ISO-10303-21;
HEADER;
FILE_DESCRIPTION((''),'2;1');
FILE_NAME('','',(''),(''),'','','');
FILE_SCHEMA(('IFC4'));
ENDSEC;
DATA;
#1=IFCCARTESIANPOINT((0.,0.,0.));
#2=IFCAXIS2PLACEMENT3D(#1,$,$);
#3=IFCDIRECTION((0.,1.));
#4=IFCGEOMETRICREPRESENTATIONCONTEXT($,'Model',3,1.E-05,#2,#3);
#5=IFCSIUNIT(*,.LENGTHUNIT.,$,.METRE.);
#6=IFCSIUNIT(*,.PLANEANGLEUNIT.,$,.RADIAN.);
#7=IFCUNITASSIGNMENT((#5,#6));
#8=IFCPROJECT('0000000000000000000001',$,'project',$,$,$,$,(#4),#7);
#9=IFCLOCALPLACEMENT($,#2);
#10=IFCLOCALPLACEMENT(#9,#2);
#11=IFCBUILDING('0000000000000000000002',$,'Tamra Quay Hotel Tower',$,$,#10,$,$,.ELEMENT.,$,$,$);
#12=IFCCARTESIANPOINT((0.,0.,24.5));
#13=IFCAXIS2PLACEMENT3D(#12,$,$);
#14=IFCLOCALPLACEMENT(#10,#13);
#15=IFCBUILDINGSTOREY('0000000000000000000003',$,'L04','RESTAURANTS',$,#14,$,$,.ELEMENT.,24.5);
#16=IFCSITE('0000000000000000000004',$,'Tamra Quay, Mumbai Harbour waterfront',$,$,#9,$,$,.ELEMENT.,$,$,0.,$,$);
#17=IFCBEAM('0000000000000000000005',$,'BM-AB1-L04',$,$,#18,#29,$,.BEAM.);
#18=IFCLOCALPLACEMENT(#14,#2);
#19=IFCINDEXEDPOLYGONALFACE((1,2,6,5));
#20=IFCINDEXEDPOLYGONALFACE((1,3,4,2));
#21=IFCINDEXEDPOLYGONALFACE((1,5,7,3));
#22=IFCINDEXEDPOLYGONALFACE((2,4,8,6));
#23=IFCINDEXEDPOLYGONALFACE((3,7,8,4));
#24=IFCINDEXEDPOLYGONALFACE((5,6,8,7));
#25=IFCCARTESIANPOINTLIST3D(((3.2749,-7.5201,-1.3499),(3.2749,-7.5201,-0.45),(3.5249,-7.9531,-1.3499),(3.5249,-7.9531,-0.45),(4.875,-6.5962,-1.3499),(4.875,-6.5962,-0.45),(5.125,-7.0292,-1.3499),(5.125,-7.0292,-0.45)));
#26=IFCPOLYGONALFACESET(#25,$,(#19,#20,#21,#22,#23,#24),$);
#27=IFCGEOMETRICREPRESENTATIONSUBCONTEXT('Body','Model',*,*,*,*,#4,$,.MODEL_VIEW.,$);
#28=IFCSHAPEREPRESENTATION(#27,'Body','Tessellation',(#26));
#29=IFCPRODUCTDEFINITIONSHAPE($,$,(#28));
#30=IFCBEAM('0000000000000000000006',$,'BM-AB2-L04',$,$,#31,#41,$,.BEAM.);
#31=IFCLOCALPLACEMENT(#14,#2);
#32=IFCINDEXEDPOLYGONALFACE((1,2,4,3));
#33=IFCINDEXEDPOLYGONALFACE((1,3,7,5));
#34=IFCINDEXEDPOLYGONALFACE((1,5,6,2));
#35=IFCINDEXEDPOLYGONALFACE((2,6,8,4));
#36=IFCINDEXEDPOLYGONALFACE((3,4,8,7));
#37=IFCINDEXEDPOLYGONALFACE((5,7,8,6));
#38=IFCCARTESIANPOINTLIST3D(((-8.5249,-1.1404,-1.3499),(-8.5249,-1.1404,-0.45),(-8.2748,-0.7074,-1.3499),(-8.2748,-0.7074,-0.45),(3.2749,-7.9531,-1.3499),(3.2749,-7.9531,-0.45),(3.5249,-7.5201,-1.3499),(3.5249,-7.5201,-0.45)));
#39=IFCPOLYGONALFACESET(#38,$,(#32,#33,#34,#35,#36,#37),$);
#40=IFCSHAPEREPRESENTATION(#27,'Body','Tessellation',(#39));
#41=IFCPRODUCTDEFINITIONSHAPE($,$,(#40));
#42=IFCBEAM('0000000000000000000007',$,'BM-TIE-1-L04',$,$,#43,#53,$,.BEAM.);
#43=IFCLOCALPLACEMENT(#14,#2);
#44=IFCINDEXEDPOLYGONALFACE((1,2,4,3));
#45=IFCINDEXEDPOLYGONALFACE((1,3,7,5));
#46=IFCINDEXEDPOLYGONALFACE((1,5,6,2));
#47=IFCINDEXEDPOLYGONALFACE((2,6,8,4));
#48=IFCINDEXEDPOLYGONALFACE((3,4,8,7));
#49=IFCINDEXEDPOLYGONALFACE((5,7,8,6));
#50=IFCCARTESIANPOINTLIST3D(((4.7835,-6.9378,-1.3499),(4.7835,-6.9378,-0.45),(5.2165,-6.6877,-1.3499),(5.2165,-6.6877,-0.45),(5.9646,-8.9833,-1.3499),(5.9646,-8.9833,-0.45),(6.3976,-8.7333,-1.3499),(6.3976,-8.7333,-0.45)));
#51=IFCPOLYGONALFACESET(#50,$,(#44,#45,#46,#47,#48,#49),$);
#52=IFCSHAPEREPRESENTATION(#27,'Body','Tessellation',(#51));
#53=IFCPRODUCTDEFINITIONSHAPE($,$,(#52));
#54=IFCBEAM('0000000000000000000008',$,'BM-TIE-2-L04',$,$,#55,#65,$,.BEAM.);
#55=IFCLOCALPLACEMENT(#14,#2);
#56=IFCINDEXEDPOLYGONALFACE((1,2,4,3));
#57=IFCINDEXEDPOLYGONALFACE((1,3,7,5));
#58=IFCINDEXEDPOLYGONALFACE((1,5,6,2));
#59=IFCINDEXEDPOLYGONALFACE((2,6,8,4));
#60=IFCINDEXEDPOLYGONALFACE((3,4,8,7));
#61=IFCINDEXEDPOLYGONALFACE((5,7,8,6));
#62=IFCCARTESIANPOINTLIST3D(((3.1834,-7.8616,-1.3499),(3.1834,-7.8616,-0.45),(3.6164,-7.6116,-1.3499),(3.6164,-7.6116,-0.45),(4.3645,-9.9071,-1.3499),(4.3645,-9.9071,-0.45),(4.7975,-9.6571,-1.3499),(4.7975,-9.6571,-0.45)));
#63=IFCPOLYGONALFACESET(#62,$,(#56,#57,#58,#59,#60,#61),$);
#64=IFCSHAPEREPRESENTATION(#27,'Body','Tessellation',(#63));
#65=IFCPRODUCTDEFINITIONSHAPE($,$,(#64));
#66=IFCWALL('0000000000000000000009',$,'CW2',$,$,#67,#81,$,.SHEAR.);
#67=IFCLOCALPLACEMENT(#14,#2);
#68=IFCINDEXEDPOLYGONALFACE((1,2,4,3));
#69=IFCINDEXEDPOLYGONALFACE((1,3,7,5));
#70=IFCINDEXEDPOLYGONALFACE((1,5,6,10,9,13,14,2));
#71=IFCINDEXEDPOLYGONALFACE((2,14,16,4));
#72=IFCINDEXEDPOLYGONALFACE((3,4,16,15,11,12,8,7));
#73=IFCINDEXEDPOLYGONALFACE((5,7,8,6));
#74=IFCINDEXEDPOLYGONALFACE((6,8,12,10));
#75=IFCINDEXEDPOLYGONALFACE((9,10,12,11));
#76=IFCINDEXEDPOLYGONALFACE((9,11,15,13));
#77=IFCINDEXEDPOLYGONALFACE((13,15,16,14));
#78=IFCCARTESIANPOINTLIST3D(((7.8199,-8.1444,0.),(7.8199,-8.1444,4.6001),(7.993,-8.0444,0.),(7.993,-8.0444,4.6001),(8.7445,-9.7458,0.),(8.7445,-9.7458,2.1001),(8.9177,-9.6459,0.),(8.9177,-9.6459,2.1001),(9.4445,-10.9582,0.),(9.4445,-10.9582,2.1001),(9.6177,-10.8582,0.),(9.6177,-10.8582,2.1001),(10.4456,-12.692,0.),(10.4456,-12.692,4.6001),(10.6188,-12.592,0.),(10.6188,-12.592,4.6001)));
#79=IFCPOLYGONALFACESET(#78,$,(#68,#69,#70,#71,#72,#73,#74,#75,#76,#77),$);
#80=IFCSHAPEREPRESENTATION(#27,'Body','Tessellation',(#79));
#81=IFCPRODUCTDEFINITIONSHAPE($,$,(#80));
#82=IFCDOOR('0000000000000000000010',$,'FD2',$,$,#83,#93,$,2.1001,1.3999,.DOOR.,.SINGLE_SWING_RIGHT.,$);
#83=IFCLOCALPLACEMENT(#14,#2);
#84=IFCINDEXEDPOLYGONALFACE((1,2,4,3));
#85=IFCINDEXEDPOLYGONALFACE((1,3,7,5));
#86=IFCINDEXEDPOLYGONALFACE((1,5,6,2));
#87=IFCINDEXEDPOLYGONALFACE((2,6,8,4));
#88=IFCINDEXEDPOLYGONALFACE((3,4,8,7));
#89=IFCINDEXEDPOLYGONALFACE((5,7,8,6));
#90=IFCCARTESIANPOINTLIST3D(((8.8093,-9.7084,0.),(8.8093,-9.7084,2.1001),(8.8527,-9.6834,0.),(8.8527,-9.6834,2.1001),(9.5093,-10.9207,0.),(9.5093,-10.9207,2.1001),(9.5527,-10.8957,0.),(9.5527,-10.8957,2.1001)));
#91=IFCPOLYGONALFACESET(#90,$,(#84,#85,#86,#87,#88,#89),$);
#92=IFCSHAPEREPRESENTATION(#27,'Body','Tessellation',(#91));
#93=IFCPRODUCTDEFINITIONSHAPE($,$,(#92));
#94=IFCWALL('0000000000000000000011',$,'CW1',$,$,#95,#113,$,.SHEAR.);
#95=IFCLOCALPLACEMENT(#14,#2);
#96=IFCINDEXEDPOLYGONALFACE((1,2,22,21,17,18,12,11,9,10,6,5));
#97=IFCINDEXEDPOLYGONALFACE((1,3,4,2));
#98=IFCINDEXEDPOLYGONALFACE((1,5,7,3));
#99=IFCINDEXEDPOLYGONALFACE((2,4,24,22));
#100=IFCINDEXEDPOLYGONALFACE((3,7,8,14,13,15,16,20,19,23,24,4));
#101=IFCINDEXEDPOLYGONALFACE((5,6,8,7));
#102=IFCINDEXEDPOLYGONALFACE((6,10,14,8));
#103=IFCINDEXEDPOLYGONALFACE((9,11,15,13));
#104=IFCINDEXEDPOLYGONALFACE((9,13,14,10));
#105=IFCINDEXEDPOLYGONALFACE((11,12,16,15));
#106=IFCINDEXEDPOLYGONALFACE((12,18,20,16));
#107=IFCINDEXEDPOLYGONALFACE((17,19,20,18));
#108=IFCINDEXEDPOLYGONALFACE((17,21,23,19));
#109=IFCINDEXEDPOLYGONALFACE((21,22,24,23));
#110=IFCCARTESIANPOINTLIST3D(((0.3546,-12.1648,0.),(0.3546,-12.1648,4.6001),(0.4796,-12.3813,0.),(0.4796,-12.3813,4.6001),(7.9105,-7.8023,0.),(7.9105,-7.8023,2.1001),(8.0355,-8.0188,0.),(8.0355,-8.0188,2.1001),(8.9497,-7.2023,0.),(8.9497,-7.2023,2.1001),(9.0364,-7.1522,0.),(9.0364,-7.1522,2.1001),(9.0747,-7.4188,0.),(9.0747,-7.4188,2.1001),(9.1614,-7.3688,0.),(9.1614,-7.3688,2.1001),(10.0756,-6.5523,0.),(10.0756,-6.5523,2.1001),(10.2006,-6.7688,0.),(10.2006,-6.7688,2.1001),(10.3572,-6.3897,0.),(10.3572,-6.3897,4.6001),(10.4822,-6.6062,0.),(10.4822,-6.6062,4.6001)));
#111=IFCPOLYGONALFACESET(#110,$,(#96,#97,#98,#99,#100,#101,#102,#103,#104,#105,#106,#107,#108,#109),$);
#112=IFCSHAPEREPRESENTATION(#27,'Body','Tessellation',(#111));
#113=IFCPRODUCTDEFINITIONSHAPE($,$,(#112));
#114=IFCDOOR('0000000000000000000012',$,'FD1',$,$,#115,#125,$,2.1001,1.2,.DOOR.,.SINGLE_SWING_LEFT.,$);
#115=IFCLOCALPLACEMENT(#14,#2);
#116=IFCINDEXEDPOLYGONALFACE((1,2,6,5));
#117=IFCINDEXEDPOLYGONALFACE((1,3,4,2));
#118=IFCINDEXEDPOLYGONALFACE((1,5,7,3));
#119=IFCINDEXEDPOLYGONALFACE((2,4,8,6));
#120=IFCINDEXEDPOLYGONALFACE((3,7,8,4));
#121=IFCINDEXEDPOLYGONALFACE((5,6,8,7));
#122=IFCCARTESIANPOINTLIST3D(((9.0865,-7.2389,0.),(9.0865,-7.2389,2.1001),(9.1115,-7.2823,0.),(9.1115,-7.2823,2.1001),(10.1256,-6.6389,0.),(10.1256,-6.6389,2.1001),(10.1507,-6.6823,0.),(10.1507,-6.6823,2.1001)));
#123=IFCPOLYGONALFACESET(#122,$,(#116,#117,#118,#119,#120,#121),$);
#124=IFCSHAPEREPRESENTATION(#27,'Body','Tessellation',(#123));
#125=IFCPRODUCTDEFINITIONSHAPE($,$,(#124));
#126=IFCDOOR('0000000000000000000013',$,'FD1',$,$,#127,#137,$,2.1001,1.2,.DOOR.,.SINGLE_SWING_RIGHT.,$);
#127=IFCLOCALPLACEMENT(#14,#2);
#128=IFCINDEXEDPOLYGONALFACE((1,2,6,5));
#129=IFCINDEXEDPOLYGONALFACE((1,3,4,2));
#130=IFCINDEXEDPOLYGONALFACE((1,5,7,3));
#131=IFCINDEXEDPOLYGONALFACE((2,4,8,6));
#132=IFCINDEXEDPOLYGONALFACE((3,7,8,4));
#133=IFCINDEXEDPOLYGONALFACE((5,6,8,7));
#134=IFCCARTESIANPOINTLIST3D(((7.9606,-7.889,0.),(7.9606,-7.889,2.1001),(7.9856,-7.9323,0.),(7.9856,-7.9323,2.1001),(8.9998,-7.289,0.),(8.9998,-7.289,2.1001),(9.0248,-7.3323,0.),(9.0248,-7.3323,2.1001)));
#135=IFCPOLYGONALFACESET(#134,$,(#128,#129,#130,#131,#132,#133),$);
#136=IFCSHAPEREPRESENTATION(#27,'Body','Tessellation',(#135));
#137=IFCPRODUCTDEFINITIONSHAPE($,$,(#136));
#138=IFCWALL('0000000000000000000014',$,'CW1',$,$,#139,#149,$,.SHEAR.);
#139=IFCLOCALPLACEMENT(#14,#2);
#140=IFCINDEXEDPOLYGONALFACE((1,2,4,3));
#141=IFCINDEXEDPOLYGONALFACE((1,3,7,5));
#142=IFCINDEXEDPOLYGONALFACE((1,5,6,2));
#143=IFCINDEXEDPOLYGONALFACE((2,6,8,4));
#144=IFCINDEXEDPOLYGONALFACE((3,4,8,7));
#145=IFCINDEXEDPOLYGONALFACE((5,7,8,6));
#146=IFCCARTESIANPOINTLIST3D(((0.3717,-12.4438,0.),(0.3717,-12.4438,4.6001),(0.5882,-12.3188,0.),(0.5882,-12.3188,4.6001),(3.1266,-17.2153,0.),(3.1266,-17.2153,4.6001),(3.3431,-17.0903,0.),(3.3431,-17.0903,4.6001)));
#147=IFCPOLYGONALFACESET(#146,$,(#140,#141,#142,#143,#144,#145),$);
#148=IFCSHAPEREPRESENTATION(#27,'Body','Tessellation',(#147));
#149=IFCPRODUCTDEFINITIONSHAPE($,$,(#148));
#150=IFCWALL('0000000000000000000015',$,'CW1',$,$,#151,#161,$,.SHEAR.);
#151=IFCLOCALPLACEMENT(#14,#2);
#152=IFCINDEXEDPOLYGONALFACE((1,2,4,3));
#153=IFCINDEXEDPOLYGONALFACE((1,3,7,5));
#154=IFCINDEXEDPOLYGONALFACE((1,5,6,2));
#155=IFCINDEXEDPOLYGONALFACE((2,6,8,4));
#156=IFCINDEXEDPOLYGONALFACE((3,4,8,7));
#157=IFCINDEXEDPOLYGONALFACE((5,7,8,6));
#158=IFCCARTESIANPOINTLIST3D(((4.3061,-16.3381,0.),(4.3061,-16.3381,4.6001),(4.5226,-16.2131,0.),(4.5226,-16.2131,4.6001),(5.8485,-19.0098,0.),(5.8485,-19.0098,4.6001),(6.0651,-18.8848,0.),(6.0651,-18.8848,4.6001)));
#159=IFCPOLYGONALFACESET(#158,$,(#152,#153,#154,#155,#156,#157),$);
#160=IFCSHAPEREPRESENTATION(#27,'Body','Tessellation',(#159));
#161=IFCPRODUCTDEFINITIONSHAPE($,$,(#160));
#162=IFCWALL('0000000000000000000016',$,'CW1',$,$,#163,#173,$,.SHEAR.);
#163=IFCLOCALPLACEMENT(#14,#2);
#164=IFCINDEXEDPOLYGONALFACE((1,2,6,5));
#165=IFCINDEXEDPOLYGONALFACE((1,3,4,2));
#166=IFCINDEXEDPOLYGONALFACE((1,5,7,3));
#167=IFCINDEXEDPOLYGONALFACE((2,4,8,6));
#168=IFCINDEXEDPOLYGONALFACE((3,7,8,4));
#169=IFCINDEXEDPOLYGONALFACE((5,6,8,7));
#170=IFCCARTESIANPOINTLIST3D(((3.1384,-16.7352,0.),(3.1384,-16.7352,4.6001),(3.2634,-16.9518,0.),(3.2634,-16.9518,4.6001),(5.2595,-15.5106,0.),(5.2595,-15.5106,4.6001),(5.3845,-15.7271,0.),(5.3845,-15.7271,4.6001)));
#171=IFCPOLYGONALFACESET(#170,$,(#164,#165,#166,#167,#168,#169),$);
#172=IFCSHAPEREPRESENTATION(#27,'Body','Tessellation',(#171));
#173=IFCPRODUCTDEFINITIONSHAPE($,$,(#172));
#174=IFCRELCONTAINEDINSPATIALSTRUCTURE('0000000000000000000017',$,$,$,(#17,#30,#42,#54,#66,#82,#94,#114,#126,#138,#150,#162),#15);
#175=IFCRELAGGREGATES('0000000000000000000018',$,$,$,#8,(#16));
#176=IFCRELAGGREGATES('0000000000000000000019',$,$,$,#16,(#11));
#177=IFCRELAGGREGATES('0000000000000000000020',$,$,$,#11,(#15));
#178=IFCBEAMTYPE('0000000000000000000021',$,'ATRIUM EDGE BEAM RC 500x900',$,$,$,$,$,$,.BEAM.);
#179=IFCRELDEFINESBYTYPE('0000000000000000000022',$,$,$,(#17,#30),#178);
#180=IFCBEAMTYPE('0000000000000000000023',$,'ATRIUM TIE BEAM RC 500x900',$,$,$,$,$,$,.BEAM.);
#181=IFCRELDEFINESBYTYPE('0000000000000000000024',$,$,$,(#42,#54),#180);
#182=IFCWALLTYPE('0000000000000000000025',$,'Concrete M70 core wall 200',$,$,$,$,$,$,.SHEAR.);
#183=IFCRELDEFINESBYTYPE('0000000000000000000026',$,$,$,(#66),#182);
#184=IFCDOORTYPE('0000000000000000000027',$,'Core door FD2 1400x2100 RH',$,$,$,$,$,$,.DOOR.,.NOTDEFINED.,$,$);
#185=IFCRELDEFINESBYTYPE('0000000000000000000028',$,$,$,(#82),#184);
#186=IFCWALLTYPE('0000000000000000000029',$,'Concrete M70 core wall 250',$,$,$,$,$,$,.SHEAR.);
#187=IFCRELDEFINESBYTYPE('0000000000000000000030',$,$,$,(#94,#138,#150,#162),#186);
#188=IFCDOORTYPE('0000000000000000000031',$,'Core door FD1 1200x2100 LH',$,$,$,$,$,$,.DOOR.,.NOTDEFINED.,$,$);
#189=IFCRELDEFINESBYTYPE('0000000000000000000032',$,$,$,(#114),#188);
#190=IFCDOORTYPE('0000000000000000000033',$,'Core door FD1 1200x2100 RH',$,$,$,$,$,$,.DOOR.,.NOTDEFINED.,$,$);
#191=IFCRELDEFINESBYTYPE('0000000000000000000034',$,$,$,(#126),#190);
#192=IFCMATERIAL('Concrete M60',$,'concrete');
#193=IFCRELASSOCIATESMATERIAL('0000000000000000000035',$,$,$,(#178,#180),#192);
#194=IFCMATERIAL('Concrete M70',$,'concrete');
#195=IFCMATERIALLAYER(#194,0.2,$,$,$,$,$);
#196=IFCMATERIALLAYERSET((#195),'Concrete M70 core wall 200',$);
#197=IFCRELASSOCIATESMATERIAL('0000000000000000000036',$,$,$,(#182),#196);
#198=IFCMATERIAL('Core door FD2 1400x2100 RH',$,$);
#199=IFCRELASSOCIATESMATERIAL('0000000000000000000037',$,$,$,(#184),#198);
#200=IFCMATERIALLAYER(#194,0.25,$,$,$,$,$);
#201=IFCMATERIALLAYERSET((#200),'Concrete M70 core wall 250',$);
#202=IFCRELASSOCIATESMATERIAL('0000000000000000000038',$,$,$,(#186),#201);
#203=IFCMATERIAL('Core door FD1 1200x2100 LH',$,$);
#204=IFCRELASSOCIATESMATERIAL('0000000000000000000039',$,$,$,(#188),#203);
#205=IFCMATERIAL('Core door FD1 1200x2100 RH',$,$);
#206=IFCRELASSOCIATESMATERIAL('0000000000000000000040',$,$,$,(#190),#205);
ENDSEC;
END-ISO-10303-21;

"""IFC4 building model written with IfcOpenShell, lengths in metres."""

from ifc_helpers import new_model, si_unit, direction, frame, frame_2d, origin, origin_2d, place, context, subcontext, project, spatial, rectangle, extrude, material, layer, layer_set, material_profile, profile_set, type_object, element, fill, save


model = new_model("IFC4")

# Units and contexts
model_context = context("Model", 3, precision=1e-05, world=origin(), true_north=direction((0.0, 1.0)))
body_context = subcontext(model_context, "Body", "Model", "MODEL_VIEW")
ifc_project = project(units=[si_unit("LENGTHUNIT", "METRE"), si_unit("PLANEANGLEUNIT", "RADIAN")], contexts=[model_context])

# Site, building, storey
site_placement = place(None, origin())
site = spatial("IfcSite", under=ifc_project, at=site_placement, Name="Tamra Quay, Mumbai Harbour waterfront", CompositionType="ELEMENT", RefElevation=0.0)
building_placement = place(site_placement, origin())
building = spatial("IfcBuilding", under=site, at=building_placement, Name="Tamra Quay Hotel Tower", CompositionType="ELEMENT")
storey_placement = place(building_placement, frame((0.0, 0.0, 24.5)))
storey = spatial("IfcBuildingStorey", under=building, at=storey_placement, Name="L04", Description="RESTAURANTS", CompositionType="ELEMENT", Elevation=24.5)

# Beams
ifc_material_1 = material(Name="Concrete M60", Category="concrete")
ifc_material_profile_1 = material_profile(ifc_material_1, rectangle(XDim=0.5, YDim=0.8999, at=origin_2d()), Name="ATRIUM EDGE BEAM RC 500x900")
ifc_profile_set_1 = profile_set([ifc_material_profile_1], Name="Concrete M60")
beam_type_1 = type_object("IfcBeamType", Name="ATRIUM EDGE BEAM RC 500x900", PredefinedType="BEAM", material=ifc_profile_set_1)
beam_1_placement = place(storey_placement, frame((5.0, -6.8127, -0.8999), z_axis=(-0.866023, -0.500005, 0.0), x_axis=(0.500005, -0.866023, 0.0)))
element("IfcBeam", 1, at=beam_1_placement, inside=storey, type_object=beam_type_1, Name="BM-AB1-L04", PredefinedType="BEAM", context=body_context, shape_type="SweptSolid", body=[
    extrude(rectangle(XDim=0.5, YDim=0.8999, at=origin_2d()), origin(), (0.0, 0.0, 1.0), 1.8477),
])
beam_2_placement = place(storey_placement, frame((3.3999, -7.7366, -0.8999), z_axis=(-0.866021, 0.500007, 0.0), x_axis=(-0.500007, -0.866021, 0.0)))
element("IfcBeam", 2, at=beam_2_placement, inside=storey, type_object=beam_type_1, Name="BM-AB2-L04", PredefinedType="BEAM", context=body_context, shape_type="SweptSolid", body=[
    extrude(rectangle(XDim=0.5, YDim=0.8999, at=origin_2d()), origin(), (0.0, 0.0, 1.0), 13.6252),
])
ifc_material_profile_2 = material_profile(ifc_material_1, rectangle(XDim=0.5, YDim=0.8999, at=origin_2d()), Name="ATRIUM TIE BEAM RC 500x900")
ifc_profile_set_2 = profile_set([ifc_material_profile_2], Name="Concrete M60")
beam_type_2 = type_object("IfcBeamType", Name="ATRIUM TIE BEAM RC 500x900", PredefinedType="BEAM", material=ifc_profile_set_2)
for number, where, z_axis, x_axis, name in (
    (3, (5.0, -6.8127, -0.8999), (0.50003, -0.866008, 0.0), (0.866008, 0.50003, 0.0), "BM-TIE-1-L04"),
    (4, (3.3999, -7.7366, -0.8999), (0.50003, -0.866008, 0.0), (0.866008, 0.50003, 0.0), "BM-TIE-2-L04"),
):
    element("IfcBeam", number, at=place(storey_placement, frame(where, z_axis=z_axis, x_axis=x_axis)), inside=storey, type_object=beam_type_2, Name=name, PredefinedType="BEAM", context=body_context, shape_type="SweptSolid", body=[
        extrude(rectangle(XDim=0.5, YDim=0.8999, at=origin_2d()), origin(), (0.0, 0.0, 1.0), 2.3621),
    ])

# Wall, opening, door
ifc_material_2 = material(Name="Concrete M70", Category="concrete")
ifc_layer_1 = layer(ifc_material_2, 0.2)
ifc_layer_set_1 = layer_set([ifc_layer_1], Name="Concrete M70 core wall 200")
wall_type_1 = type_object("IfcWallType", Name="Concrete M70 core wall 200", PredefinedType="SHEAR", material=ifc_layer_set_1)
wall_1_placement = place(storey_placement, frame((7.9065, -8.0945, 0.0), z_axis=(0.0, 0.0, 1.0), x_axis=(0.500024, -0.866011, 0.0)))
wall_1 = element("IfcWall", 5, at=wall_1_placement, inside=storey, type_object=wall_type_1, Name="CW2", PredefinedType="SHEAR", context=body_context, shape_type="SweptSolid", body=[
    extrude(rectangle(XDim=5.2512, YDim=0.2, at=frame_2d((2.6255, 0.0))), origin(), (0.0, 0.0, 1.0), 4.6001),
])
opening_1_placement = place(wall_1_placement, frame((1.8491, 0.0, 0.0)))
opening_1 = element("IfcOpeningElement", 6, at=opening_1_placement, cuts=wall_1, PredefinedType="OPENING", context=body_context, shape_type="SweptSolid", body=[
    extrude(rectangle(XDim=1.3999, YDim=2.1001, at=frame_2d((0.7, 1.05))), frame((0.0, 0.1099, 0.0), z_axis=(0.0, -1.0, 0.0), x_axis=(1.0, 0.0, 0.0)), (0.0, 0.0, 1.0), 0.22),
])
ifc_material_3 = material(Name="Core door FD2 1400x2100 RH")
door_type_1 = type_object("IfcDoorType", Name="Core door FD2 1400x2100 RH", OperationType="NOTDEFINED", PredefinedType="DOOR", material=ifc_material_3)
door_1_placement = place(opening_1_placement, origin())
door_1 = element("IfcDoor", 7, at=door_1_placement, inside=storey, type_object=door_type_1, Name="FD2", OperationType="SINGLE_SWING_RIGHT", OverallHeight=2.1001, OverallWidth=1.3999, PredefinedType="DOOR", context=body_context, shape_type="SweptSolid", body=[
    extrude(rectangle(XDim=1.3999, YDim=2.1001, at=frame_2d((0.7, 1.05))), frame((0.0, 0.0249, 0.0), z_axis=(0.0, -1.0, 0.0), x_axis=(1.0, 0.0, 0.0)), (0.0, 0.0, 1.0), 0.05),
])
fill(opening_1, door_1)

# Wall, openings, doors
ifc_layer_2 = layer(ifc_material_2, 0.25)
ifc_layer_set_2 = layer_set([ifc_layer_2], Name="Concrete M70 core wall 250")
wall_type_2 = type_object("IfcWallType", Name="Concrete M70 core wall 250", PredefinedType="SHEAR", material=ifc_layer_set_2)
wall_2_placement = place(storey_placement, frame((0.4172, -12.2729, 0.0), z_axis=(0.0, 0.0, 1.0), x_axis=(0.866022, 0.500006, 0.0)))
wall_2 = element("IfcWall", 8, at=wall_2_placement, inside=storey, type_object=wall_type_2, Name="CW1", PredefinedType="SHEAR", context=body_context, shape_type="SweptSolid", body=[
    extrude(rectangle(XDim=11.55, YDim=0.25, at=frame_2d((5.7749, 0.0))), origin(), (0.0, 0.0, 1.0), 4.6001),
])
opening_2_placement = place(wall_2_placement, frame((10.0247, 0.0, 0.0)))
opening_2 = element("IfcOpeningElement", 9, at=opening_2_placement, cuts=wall_2, PredefinedType="OPENING", context=body_context, shape_type="SweptSolid", body=[
    extrude(rectangle(XDim=1.2, YDim=2.1001, at=frame_2d((0.6001, 1.05))), frame((0.0, 0.135, 0.0), z_axis=(0.0, -1.0, 0.0), x_axis=(1.0, 0.0, 0.0)), (0.0, 0.0, 1.0), 0.27),
])
opening_3_placement = place(wall_2_placement, frame((8.7246, 0.0, 0.0)))
opening_3 = element("IfcOpeningElement", 10, at=opening_3_placement, cuts=wall_2, PredefinedType="OPENING", context=body_context, shape_type="SweptSolid", body=[
    extrude(rectangle(XDim=1.2, YDim=2.1001, at=frame_2d((0.6001, 1.05))), frame((0.0, 0.135, 0.0), z_axis=(0.0, -1.0, 0.0), x_axis=(1.0, 0.0, 0.0)), (0.0, 0.0, 1.0), 0.27),
])
ifc_material_4 = material(Name="Core door FD1 1200x2100 LH")
door_type_2 = type_object("IfcDoorType", Name="Core door FD1 1200x2100 LH", OperationType="NOTDEFINED", PredefinedType="DOOR", material=ifc_material_4)
door_2_placement = place(opening_2_placement, origin())
door_2 = element("IfcDoor", 11, at=door_2_placement, inside=storey, type_object=door_type_2, Name="FD1", OperationType="SINGLE_SWING_LEFT", OverallHeight=2.1001, OverallWidth=1.2, PredefinedType="DOOR", context=body_context, shape_type="SweptSolid", body=[
    extrude(rectangle(XDim=1.2, YDim=2.1001, at=frame_2d((0.6001, 1.05))), frame((0.0, 0.0249, 0.0), z_axis=(0.0, -1.0, 0.0), x_axis=(1.0, 0.0, 0.0)), (0.0, 0.0, 1.0), 0.05),
])
fill(opening_2, door_2)
ifc_material_5 = material(Name="Core door FD1 1200x2100 RH")
door_type_3 = type_object("IfcDoorType", Name="Core door FD1 1200x2100 RH", OperationType="NOTDEFINED", PredefinedType="DOOR", material=ifc_material_5)
door_3_placement = place(opening_3_placement, origin())
door_3 = element("IfcDoor", 12, at=door_3_placement, inside=storey, type_object=door_type_3, Name="FD1", OperationType="SINGLE_SWING_RIGHT", OverallHeight=2.1001, OverallWidth=1.2, PredefinedType="DOOR", context=body_context, shape_type="SweptSolid", body=[
    extrude(rectangle(XDim=1.2, YDim=2.1001, at=frame_2d((0.6001, 1.05))), frame((0.0, 0.0249, 0.0), z_axis=(0.0, -1.0, 0.0), x_axis=(1.0, 0.0, 0.0)), (0.0, 0.0, 1.0), 0.05),
])
fill(opening_3, door_3)

# Walls
wall_3_placement = place(storey_placement, frame((3.2349, -17.1528, 0.0), z_axis=(0.0, 0.0, 1.0), x_axis=(-0.500009, 0.86602, 0.0)))
element("IfcWall", 13, at=wall_3_placement, inside=storey, type_object=wall_type_2, Name="CW1", PredefinedType="SHEAR", context=body_context, shape_type="SweptSolid", body=[
    extrude(rectangle(XDim=5.5098, YDim=0.25, at=frame_2d((2.7549, 0.0))), origin(), (0.0, 0.0, 1.0), 4.6001),
])
wall_4_placement = place(storey_placement, frame((4.4143, -16.2756, 0.0), z_axis=(0.0, 0.0, 1.0), x_axis=(0.500003, -0.866023, 0.0)))
element("IfcWall", 14, at=wall_4_placement, inside=storey, type_object=wall_type_2, Name="CW1", PredefinedType="SHEAR", context=body_context, shape_type="SweptSolid", body=[
    extrude(rectangle(XDim=3.085, YDim=0.25, at=frame_2d((1.5425, 0.0))), origin(), (0.0, 0.0, 1.0), 4.6001),
])
wall_5_placement = place(storey_placement, frame((5.322, -15.6189, 0.0), z_axis=(0.0, 0.0, 1.0), x_axis=(-0.866026, -0.499999, 0.0)))
element("IfcWall", 15, at=wall_5_placement, inside=storey, type_object=wall_type_2, Name="CW1", PredefinedType="SHEAR", context=body_context, shape_type="SweptSolid", body=[
    extrude(rectangle(XDim=2.4492, YDim=0.25, at=frame_2d((1.2246, 0.0))), origin(), (0.0, 0.0, 1.0), 4.6001),
])

save(model, "model.ifc")
